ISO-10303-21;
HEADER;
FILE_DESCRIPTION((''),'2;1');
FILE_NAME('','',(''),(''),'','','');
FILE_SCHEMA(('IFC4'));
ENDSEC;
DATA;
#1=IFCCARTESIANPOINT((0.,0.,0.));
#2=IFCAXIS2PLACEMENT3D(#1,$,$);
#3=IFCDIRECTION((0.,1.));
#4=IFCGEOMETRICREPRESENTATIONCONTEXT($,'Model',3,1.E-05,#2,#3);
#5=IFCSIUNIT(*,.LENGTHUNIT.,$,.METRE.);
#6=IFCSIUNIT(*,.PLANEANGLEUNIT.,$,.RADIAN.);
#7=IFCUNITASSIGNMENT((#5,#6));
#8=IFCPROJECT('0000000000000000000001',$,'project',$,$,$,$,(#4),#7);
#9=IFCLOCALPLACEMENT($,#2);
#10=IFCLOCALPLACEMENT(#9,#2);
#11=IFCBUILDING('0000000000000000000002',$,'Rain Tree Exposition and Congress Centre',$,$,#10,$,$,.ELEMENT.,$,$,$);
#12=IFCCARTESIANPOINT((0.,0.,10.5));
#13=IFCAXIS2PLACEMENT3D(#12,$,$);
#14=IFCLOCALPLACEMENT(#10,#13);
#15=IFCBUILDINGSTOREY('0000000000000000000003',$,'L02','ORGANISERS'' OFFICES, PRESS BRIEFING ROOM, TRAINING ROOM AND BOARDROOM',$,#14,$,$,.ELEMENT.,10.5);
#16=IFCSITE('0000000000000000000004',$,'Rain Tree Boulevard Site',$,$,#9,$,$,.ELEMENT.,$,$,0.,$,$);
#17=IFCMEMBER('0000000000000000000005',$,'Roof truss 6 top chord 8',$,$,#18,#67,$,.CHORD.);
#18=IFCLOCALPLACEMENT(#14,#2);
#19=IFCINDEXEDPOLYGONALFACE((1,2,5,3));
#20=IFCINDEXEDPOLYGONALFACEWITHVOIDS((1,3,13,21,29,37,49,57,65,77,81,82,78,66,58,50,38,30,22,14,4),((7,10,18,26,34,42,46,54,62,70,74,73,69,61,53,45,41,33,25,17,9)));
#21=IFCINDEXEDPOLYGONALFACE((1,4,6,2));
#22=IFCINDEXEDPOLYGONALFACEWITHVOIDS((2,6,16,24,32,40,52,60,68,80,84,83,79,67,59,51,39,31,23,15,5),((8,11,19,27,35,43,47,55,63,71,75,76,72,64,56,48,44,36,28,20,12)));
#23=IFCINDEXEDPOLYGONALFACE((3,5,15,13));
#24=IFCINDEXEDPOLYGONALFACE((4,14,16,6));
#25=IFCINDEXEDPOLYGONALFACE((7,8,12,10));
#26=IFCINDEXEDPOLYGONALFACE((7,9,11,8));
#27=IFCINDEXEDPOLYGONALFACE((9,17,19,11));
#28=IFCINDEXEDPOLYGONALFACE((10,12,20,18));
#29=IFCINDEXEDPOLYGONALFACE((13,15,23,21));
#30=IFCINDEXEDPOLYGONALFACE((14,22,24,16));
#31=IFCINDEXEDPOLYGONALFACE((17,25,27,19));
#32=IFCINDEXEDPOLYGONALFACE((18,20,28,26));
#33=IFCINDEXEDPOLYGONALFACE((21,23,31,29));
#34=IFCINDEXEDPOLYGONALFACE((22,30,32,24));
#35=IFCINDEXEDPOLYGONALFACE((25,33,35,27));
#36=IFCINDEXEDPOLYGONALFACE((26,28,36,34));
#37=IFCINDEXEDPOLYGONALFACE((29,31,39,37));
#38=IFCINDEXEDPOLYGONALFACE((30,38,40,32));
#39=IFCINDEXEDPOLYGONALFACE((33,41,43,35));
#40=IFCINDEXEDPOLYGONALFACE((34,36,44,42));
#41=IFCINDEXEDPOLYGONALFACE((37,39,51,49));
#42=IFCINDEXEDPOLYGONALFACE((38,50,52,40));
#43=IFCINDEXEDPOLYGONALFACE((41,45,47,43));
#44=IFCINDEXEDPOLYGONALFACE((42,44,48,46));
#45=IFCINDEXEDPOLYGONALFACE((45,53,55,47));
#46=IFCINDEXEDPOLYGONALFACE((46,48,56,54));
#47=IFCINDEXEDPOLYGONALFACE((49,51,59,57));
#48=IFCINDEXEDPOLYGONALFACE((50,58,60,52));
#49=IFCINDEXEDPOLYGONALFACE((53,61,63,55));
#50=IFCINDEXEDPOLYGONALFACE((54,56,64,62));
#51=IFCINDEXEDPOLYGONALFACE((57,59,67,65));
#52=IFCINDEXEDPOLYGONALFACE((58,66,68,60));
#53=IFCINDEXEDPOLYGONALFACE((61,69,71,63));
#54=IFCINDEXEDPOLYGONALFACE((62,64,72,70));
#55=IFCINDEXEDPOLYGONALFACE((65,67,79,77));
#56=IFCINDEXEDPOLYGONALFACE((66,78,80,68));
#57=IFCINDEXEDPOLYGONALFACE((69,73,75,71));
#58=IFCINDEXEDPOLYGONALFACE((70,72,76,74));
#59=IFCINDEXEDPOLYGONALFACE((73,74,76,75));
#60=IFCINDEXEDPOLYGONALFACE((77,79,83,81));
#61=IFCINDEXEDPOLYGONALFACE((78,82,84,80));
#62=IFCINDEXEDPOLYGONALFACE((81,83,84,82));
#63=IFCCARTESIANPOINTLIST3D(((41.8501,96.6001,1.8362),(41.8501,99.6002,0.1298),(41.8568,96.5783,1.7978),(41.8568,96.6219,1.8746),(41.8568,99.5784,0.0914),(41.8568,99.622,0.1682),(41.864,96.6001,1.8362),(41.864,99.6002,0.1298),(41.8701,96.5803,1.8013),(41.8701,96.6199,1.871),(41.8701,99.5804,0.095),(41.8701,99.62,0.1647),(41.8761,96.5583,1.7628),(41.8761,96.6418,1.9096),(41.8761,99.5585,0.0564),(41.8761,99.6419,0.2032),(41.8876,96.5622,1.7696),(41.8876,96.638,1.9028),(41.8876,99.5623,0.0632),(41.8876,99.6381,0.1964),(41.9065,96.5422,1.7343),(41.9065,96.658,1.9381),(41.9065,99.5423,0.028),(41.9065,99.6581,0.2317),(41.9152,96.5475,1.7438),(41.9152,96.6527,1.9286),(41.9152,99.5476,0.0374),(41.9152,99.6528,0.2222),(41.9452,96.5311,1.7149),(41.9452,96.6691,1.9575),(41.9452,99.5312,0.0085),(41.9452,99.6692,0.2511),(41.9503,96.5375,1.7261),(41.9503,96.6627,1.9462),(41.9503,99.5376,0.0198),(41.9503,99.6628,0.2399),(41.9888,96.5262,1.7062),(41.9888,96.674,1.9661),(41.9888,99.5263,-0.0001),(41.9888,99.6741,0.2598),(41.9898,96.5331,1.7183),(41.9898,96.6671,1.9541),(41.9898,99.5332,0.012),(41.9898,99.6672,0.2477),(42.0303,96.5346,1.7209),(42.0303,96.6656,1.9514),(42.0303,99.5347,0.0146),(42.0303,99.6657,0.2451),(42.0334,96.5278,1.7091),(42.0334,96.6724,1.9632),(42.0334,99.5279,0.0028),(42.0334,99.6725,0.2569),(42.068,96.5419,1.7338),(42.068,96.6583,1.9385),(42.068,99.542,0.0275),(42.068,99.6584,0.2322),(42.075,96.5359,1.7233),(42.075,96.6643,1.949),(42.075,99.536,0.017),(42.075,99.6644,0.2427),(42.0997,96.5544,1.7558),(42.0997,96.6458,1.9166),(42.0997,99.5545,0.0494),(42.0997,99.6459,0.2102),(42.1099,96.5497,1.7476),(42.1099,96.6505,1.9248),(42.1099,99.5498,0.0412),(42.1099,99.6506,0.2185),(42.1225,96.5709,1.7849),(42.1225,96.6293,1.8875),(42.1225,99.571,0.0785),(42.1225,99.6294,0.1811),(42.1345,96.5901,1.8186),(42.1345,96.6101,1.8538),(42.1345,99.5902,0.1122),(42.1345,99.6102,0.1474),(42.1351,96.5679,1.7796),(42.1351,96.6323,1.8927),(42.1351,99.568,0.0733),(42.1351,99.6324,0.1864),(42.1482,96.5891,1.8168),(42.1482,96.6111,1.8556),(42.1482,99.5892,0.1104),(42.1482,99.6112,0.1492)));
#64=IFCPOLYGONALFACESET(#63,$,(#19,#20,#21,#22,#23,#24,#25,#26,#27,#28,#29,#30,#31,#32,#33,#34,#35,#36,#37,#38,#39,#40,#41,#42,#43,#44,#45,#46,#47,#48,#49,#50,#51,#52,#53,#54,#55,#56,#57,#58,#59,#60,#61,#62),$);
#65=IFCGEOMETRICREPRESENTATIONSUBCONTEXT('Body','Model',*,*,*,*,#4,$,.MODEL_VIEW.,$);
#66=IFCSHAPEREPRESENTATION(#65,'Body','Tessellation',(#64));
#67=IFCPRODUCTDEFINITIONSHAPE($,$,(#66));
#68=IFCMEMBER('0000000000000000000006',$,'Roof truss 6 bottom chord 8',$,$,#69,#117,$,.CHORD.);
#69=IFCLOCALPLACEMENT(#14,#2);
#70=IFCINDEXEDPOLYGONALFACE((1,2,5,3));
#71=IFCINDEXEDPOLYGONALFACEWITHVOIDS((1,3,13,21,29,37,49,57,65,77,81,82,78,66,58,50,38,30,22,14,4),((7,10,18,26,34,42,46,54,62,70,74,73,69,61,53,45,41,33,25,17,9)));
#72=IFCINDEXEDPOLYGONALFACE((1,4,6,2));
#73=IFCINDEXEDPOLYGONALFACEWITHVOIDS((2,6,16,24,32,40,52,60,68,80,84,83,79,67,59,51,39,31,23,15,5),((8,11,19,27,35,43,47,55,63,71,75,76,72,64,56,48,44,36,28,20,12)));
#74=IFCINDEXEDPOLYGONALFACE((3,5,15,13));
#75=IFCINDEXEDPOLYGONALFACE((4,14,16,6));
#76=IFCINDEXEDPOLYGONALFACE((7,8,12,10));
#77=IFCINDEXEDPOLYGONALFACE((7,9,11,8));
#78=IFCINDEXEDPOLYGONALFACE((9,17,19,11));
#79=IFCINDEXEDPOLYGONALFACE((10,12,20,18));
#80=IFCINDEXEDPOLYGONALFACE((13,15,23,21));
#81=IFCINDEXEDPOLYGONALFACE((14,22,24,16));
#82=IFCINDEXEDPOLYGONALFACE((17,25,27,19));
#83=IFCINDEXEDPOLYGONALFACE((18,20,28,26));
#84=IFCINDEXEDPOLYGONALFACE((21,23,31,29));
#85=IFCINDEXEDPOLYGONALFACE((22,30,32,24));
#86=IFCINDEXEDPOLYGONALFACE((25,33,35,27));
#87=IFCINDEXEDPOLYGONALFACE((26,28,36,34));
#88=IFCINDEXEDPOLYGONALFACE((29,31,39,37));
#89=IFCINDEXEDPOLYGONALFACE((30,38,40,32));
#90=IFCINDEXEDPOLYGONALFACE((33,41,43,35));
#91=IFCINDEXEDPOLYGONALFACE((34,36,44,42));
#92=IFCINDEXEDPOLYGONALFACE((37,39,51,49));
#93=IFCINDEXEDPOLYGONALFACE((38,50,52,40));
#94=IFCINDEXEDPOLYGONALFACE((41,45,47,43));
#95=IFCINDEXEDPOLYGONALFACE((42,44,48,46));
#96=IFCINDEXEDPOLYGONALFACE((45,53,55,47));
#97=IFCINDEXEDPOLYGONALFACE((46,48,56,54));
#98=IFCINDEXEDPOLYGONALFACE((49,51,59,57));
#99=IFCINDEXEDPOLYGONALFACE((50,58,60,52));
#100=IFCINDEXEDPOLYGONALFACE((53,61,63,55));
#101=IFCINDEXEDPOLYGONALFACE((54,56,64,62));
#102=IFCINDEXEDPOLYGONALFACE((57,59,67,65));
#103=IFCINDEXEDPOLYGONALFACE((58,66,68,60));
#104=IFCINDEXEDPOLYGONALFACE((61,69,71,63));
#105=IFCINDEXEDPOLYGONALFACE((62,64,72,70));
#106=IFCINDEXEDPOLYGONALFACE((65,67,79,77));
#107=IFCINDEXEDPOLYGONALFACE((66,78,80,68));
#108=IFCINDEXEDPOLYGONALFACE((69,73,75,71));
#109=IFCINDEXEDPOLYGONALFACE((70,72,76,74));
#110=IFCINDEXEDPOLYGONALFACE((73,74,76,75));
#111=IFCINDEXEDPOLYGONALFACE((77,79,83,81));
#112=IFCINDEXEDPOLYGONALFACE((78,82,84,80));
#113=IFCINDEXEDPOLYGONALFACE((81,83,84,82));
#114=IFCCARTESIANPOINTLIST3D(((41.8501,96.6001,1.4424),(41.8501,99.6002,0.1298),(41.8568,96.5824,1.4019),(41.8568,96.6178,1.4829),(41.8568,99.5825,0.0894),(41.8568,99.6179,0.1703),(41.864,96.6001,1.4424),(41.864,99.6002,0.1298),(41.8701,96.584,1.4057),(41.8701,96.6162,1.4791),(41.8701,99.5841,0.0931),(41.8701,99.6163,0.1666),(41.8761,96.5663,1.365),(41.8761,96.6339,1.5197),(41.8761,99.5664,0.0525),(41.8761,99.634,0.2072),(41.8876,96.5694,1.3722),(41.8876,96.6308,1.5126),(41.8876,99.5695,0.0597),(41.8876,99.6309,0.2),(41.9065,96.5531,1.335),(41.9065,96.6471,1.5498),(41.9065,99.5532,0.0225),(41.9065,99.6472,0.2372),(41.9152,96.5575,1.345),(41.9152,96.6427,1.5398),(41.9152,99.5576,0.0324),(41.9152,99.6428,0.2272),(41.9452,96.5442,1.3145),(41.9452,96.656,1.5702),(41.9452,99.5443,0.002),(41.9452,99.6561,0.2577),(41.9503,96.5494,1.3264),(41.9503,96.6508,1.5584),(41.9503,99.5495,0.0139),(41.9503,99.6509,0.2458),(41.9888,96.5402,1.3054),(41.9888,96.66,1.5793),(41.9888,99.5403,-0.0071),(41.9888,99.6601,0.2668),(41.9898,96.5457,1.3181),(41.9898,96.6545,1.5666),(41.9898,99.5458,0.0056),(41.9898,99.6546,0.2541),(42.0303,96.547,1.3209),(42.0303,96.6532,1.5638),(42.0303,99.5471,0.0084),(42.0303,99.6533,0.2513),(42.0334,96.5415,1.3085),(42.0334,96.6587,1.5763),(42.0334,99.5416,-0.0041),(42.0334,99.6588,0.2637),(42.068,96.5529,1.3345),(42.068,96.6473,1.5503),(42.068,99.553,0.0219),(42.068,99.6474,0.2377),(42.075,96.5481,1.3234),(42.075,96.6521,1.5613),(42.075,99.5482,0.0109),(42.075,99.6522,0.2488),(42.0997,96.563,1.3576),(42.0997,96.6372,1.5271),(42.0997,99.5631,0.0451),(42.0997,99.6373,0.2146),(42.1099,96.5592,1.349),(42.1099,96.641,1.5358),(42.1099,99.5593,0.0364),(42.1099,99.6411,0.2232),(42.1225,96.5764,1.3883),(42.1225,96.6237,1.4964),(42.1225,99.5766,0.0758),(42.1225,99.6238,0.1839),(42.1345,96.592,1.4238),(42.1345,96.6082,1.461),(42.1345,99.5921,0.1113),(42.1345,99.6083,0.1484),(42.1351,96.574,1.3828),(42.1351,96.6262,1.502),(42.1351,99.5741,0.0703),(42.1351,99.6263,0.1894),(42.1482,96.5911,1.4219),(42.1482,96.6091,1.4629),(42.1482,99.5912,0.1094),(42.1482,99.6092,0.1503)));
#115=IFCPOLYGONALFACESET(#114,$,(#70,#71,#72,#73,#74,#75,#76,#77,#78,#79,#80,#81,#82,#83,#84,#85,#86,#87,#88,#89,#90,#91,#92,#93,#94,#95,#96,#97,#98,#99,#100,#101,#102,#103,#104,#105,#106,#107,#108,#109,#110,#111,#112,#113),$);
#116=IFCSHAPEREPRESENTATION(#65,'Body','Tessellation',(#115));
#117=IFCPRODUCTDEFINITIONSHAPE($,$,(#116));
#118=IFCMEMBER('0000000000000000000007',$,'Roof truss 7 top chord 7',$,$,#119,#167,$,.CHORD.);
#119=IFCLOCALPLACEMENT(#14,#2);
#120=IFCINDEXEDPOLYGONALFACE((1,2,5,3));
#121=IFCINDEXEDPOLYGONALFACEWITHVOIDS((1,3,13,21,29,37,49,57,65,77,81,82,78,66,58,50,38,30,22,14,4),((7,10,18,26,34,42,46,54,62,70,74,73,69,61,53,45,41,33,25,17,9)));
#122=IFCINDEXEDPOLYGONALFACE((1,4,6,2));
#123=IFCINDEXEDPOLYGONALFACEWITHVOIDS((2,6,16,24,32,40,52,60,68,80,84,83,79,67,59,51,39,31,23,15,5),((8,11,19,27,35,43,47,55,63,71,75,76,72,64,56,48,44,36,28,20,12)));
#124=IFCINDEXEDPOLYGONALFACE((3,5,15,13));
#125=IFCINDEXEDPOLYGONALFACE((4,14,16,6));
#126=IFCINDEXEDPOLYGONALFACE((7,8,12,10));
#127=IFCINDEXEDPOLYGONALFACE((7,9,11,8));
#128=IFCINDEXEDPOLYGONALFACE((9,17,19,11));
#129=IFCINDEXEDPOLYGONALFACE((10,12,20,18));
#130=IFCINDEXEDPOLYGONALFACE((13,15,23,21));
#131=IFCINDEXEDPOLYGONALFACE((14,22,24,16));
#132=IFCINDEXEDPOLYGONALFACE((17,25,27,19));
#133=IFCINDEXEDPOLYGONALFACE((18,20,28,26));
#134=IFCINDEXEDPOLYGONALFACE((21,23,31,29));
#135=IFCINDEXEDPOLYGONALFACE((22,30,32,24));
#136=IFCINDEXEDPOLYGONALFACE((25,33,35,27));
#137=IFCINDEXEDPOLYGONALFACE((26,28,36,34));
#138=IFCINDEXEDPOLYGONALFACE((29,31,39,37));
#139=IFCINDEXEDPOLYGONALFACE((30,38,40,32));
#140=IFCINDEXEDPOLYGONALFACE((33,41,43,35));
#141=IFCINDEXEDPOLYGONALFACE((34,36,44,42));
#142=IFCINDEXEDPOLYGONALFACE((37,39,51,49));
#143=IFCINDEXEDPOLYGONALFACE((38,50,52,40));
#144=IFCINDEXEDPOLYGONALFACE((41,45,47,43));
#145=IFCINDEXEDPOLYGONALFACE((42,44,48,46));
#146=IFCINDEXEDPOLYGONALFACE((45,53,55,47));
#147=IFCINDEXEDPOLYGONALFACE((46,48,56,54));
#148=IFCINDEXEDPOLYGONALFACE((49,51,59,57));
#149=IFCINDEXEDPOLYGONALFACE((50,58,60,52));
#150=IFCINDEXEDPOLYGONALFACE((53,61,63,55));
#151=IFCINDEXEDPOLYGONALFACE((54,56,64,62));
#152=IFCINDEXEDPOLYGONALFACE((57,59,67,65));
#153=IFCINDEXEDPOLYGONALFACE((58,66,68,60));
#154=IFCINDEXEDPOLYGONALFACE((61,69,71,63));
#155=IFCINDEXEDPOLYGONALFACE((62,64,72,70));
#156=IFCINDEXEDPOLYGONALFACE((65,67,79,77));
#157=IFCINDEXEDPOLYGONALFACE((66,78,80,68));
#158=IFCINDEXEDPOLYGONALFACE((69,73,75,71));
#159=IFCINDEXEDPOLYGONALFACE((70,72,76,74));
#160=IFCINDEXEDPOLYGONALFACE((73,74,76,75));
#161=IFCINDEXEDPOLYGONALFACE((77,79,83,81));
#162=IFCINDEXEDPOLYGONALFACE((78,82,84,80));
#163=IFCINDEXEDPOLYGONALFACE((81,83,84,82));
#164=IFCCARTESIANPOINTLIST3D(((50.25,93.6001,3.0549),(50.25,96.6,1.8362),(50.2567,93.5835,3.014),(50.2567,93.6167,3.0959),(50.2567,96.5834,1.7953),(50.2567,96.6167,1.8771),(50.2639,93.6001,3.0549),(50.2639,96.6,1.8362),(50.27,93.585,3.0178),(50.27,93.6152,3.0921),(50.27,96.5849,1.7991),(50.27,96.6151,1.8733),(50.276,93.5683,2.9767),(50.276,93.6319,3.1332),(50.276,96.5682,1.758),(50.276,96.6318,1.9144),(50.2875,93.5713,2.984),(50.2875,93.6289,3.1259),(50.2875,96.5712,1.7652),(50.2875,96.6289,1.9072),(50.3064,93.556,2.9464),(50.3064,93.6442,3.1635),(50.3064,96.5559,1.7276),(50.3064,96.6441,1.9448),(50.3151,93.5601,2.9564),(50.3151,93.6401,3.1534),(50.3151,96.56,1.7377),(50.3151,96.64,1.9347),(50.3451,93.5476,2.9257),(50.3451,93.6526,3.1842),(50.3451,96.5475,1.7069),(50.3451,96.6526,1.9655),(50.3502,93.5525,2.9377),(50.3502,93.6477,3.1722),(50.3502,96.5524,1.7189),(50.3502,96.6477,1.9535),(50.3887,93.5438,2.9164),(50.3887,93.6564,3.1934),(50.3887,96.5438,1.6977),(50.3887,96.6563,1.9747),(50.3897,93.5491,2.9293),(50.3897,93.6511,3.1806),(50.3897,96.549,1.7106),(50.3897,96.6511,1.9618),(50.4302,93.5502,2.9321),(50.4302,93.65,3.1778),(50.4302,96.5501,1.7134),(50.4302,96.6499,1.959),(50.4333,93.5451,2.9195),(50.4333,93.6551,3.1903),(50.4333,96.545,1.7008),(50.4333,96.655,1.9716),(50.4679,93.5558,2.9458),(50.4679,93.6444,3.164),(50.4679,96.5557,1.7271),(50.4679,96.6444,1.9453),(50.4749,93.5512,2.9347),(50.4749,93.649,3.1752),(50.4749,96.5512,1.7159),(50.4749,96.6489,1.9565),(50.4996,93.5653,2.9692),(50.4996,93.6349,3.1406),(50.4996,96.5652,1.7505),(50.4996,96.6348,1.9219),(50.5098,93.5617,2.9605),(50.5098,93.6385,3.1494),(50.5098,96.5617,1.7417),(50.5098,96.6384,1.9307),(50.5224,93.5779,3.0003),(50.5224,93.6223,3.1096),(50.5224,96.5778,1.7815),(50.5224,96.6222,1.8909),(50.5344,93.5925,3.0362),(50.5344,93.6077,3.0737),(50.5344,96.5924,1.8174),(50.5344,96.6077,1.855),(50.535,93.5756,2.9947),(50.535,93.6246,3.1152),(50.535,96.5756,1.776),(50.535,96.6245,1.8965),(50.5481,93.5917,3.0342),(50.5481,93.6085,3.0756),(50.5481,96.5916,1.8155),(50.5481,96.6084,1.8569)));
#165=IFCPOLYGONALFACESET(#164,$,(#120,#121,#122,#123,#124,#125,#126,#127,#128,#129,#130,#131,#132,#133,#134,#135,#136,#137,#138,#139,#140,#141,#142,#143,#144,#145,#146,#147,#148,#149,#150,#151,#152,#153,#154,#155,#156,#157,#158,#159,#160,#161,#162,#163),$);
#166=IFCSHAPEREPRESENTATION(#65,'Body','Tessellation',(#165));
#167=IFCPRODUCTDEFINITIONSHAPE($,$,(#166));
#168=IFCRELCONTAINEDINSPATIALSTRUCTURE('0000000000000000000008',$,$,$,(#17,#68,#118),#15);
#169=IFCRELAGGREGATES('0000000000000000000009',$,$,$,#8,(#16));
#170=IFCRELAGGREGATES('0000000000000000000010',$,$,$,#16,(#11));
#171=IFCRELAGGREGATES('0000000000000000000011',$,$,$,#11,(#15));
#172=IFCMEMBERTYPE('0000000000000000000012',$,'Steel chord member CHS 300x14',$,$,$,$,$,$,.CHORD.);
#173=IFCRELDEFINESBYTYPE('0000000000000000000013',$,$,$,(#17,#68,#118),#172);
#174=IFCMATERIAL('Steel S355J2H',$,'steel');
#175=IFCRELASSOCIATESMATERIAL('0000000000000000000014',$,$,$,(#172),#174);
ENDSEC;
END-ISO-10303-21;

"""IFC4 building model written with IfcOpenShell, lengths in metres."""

from ifc_helpers import new_model, si_unit, direction, frame, origin, origin_2d, place, context, subcontext, project, spatial, hollow_circle, extrude, material, material_profile, profile_set, type_object, element, save


model = new_model("IFC4")

# Units and contexts
model_context = context("Model", 3, precision=1e-05, world=origin(), true_north=direction((0.0, 1.0)))
body_context = subcontext(model_context, "Body", "Model", "MODEL_VIEW")
ifc_project = project(units=[si_unit("LENGTHUNIT", "METRE"), si_unit("PLANEANGLEUNIT", "RADIAN")], contexts=[model_context])

# Site, building, storey
site_placement = place(None, origin())
site = spatial("IfcSite", under=ifc_project, at=site_placement, Name="Rain Tree Boulevard Site", CompositionType="ELEMENT", RefElevation=0.0)
building_placement = place(site_placement, origin())
building = spatial("IfcBuilding", under=site, at=building_placement, Name="Rain Tree Exposition and Congress Centre", CompositionType="ELEMENT")
storey_placement = place(building_placement, frame((0.0, 0.0, 10.5)))
storey = spatial("IfcBuildingStorey", under=building, at=storey_placement, Name="L02", Description="ORGANISERS' OFFICES, PRESS BRIEFING ROOM, TRAINING ROOM AND BOARDROOM", CompositionType="ELEMENT", Elevation=10.5)

# Members
ifc_material_1 = material(Name="Steel S355J2H", Category="steel")
ifc_material_profile_1 = material_profile(ifc_material_1, hollow_circle(Radius=0.1499, WallThickness=0.0139, at=origin_2d()), Name="CHS 300x14")
ifc_profile_set_1 = profile_set([ifc_material_profile_1], Name="Steel S355J2H")
member_type_1 = type_object("IfcMemberType", Name="Steel chord member CHS 300x14", PredefinedType="CHORD", material=ifc_profile_set_1)
member_1_placement = place(storey_placement, frame((42.0, 96.6001, 1.8362), z_axis=(0.0, 0.869238, -0.494393), x_axis=(-1.0, 0.0, 0.0)))
element("IfcMember", 1, at=member_1_placement, inside=storey, type_object=member_type_1, Name="Roof truss 6 top chord 8", PredefinedType="CHORD", context=body_context, shape_type="SweptSolid", body=[
    extrude(hollow_circle(Radius=0.1499, WallThickness=0.0139, at=origin_2d()), origin(), (0.0, 0.0, 1.0), 3.4514),
])
member_2_placement = place(storey_placement, frame((42.0, 96.6001, 1.4424), z_axis=(0.0, 0.916157, -0.400819), x_axis=(-1.0, 0.0, 0.0)))
element("IfcMember", 2, at=member_2_placement, inside=storey, type_object=member_type_1, Name="Roof truss 6 bottom chord 8", PredefinedType="CHORD", context=body_context, shape_type="SweptSolid", body=[
    extrude(hollow_circle(Radius=0.1499, WallThickness=0.0139, at=origin_2d()), origin(), (0.0, 0.0, 1.0), 3.2747),
])
member_3_placement = place(storey_placement, frame((50.3999, 93.6001, 3.0549), z_axis=(0.0, 0.926467, -0.376377), x_axis=(-1.0, 0.0, 0.0)))
element("IfcMember", 3, at=member_3_placement, inside=storey, type_object=member_type_1, Name="Roof truss 7 top chord 7", PredefinedType="CHORD", context=body_context, shape_type="SweptSolid", body=[
    extrude(hollow_circle(Radius=0.1499, WallThickness=0.0139, at=origin_2d()), origin(), (0.0, 0.0, 1.0), 3.238),
])

save(model, "model.ifc")
